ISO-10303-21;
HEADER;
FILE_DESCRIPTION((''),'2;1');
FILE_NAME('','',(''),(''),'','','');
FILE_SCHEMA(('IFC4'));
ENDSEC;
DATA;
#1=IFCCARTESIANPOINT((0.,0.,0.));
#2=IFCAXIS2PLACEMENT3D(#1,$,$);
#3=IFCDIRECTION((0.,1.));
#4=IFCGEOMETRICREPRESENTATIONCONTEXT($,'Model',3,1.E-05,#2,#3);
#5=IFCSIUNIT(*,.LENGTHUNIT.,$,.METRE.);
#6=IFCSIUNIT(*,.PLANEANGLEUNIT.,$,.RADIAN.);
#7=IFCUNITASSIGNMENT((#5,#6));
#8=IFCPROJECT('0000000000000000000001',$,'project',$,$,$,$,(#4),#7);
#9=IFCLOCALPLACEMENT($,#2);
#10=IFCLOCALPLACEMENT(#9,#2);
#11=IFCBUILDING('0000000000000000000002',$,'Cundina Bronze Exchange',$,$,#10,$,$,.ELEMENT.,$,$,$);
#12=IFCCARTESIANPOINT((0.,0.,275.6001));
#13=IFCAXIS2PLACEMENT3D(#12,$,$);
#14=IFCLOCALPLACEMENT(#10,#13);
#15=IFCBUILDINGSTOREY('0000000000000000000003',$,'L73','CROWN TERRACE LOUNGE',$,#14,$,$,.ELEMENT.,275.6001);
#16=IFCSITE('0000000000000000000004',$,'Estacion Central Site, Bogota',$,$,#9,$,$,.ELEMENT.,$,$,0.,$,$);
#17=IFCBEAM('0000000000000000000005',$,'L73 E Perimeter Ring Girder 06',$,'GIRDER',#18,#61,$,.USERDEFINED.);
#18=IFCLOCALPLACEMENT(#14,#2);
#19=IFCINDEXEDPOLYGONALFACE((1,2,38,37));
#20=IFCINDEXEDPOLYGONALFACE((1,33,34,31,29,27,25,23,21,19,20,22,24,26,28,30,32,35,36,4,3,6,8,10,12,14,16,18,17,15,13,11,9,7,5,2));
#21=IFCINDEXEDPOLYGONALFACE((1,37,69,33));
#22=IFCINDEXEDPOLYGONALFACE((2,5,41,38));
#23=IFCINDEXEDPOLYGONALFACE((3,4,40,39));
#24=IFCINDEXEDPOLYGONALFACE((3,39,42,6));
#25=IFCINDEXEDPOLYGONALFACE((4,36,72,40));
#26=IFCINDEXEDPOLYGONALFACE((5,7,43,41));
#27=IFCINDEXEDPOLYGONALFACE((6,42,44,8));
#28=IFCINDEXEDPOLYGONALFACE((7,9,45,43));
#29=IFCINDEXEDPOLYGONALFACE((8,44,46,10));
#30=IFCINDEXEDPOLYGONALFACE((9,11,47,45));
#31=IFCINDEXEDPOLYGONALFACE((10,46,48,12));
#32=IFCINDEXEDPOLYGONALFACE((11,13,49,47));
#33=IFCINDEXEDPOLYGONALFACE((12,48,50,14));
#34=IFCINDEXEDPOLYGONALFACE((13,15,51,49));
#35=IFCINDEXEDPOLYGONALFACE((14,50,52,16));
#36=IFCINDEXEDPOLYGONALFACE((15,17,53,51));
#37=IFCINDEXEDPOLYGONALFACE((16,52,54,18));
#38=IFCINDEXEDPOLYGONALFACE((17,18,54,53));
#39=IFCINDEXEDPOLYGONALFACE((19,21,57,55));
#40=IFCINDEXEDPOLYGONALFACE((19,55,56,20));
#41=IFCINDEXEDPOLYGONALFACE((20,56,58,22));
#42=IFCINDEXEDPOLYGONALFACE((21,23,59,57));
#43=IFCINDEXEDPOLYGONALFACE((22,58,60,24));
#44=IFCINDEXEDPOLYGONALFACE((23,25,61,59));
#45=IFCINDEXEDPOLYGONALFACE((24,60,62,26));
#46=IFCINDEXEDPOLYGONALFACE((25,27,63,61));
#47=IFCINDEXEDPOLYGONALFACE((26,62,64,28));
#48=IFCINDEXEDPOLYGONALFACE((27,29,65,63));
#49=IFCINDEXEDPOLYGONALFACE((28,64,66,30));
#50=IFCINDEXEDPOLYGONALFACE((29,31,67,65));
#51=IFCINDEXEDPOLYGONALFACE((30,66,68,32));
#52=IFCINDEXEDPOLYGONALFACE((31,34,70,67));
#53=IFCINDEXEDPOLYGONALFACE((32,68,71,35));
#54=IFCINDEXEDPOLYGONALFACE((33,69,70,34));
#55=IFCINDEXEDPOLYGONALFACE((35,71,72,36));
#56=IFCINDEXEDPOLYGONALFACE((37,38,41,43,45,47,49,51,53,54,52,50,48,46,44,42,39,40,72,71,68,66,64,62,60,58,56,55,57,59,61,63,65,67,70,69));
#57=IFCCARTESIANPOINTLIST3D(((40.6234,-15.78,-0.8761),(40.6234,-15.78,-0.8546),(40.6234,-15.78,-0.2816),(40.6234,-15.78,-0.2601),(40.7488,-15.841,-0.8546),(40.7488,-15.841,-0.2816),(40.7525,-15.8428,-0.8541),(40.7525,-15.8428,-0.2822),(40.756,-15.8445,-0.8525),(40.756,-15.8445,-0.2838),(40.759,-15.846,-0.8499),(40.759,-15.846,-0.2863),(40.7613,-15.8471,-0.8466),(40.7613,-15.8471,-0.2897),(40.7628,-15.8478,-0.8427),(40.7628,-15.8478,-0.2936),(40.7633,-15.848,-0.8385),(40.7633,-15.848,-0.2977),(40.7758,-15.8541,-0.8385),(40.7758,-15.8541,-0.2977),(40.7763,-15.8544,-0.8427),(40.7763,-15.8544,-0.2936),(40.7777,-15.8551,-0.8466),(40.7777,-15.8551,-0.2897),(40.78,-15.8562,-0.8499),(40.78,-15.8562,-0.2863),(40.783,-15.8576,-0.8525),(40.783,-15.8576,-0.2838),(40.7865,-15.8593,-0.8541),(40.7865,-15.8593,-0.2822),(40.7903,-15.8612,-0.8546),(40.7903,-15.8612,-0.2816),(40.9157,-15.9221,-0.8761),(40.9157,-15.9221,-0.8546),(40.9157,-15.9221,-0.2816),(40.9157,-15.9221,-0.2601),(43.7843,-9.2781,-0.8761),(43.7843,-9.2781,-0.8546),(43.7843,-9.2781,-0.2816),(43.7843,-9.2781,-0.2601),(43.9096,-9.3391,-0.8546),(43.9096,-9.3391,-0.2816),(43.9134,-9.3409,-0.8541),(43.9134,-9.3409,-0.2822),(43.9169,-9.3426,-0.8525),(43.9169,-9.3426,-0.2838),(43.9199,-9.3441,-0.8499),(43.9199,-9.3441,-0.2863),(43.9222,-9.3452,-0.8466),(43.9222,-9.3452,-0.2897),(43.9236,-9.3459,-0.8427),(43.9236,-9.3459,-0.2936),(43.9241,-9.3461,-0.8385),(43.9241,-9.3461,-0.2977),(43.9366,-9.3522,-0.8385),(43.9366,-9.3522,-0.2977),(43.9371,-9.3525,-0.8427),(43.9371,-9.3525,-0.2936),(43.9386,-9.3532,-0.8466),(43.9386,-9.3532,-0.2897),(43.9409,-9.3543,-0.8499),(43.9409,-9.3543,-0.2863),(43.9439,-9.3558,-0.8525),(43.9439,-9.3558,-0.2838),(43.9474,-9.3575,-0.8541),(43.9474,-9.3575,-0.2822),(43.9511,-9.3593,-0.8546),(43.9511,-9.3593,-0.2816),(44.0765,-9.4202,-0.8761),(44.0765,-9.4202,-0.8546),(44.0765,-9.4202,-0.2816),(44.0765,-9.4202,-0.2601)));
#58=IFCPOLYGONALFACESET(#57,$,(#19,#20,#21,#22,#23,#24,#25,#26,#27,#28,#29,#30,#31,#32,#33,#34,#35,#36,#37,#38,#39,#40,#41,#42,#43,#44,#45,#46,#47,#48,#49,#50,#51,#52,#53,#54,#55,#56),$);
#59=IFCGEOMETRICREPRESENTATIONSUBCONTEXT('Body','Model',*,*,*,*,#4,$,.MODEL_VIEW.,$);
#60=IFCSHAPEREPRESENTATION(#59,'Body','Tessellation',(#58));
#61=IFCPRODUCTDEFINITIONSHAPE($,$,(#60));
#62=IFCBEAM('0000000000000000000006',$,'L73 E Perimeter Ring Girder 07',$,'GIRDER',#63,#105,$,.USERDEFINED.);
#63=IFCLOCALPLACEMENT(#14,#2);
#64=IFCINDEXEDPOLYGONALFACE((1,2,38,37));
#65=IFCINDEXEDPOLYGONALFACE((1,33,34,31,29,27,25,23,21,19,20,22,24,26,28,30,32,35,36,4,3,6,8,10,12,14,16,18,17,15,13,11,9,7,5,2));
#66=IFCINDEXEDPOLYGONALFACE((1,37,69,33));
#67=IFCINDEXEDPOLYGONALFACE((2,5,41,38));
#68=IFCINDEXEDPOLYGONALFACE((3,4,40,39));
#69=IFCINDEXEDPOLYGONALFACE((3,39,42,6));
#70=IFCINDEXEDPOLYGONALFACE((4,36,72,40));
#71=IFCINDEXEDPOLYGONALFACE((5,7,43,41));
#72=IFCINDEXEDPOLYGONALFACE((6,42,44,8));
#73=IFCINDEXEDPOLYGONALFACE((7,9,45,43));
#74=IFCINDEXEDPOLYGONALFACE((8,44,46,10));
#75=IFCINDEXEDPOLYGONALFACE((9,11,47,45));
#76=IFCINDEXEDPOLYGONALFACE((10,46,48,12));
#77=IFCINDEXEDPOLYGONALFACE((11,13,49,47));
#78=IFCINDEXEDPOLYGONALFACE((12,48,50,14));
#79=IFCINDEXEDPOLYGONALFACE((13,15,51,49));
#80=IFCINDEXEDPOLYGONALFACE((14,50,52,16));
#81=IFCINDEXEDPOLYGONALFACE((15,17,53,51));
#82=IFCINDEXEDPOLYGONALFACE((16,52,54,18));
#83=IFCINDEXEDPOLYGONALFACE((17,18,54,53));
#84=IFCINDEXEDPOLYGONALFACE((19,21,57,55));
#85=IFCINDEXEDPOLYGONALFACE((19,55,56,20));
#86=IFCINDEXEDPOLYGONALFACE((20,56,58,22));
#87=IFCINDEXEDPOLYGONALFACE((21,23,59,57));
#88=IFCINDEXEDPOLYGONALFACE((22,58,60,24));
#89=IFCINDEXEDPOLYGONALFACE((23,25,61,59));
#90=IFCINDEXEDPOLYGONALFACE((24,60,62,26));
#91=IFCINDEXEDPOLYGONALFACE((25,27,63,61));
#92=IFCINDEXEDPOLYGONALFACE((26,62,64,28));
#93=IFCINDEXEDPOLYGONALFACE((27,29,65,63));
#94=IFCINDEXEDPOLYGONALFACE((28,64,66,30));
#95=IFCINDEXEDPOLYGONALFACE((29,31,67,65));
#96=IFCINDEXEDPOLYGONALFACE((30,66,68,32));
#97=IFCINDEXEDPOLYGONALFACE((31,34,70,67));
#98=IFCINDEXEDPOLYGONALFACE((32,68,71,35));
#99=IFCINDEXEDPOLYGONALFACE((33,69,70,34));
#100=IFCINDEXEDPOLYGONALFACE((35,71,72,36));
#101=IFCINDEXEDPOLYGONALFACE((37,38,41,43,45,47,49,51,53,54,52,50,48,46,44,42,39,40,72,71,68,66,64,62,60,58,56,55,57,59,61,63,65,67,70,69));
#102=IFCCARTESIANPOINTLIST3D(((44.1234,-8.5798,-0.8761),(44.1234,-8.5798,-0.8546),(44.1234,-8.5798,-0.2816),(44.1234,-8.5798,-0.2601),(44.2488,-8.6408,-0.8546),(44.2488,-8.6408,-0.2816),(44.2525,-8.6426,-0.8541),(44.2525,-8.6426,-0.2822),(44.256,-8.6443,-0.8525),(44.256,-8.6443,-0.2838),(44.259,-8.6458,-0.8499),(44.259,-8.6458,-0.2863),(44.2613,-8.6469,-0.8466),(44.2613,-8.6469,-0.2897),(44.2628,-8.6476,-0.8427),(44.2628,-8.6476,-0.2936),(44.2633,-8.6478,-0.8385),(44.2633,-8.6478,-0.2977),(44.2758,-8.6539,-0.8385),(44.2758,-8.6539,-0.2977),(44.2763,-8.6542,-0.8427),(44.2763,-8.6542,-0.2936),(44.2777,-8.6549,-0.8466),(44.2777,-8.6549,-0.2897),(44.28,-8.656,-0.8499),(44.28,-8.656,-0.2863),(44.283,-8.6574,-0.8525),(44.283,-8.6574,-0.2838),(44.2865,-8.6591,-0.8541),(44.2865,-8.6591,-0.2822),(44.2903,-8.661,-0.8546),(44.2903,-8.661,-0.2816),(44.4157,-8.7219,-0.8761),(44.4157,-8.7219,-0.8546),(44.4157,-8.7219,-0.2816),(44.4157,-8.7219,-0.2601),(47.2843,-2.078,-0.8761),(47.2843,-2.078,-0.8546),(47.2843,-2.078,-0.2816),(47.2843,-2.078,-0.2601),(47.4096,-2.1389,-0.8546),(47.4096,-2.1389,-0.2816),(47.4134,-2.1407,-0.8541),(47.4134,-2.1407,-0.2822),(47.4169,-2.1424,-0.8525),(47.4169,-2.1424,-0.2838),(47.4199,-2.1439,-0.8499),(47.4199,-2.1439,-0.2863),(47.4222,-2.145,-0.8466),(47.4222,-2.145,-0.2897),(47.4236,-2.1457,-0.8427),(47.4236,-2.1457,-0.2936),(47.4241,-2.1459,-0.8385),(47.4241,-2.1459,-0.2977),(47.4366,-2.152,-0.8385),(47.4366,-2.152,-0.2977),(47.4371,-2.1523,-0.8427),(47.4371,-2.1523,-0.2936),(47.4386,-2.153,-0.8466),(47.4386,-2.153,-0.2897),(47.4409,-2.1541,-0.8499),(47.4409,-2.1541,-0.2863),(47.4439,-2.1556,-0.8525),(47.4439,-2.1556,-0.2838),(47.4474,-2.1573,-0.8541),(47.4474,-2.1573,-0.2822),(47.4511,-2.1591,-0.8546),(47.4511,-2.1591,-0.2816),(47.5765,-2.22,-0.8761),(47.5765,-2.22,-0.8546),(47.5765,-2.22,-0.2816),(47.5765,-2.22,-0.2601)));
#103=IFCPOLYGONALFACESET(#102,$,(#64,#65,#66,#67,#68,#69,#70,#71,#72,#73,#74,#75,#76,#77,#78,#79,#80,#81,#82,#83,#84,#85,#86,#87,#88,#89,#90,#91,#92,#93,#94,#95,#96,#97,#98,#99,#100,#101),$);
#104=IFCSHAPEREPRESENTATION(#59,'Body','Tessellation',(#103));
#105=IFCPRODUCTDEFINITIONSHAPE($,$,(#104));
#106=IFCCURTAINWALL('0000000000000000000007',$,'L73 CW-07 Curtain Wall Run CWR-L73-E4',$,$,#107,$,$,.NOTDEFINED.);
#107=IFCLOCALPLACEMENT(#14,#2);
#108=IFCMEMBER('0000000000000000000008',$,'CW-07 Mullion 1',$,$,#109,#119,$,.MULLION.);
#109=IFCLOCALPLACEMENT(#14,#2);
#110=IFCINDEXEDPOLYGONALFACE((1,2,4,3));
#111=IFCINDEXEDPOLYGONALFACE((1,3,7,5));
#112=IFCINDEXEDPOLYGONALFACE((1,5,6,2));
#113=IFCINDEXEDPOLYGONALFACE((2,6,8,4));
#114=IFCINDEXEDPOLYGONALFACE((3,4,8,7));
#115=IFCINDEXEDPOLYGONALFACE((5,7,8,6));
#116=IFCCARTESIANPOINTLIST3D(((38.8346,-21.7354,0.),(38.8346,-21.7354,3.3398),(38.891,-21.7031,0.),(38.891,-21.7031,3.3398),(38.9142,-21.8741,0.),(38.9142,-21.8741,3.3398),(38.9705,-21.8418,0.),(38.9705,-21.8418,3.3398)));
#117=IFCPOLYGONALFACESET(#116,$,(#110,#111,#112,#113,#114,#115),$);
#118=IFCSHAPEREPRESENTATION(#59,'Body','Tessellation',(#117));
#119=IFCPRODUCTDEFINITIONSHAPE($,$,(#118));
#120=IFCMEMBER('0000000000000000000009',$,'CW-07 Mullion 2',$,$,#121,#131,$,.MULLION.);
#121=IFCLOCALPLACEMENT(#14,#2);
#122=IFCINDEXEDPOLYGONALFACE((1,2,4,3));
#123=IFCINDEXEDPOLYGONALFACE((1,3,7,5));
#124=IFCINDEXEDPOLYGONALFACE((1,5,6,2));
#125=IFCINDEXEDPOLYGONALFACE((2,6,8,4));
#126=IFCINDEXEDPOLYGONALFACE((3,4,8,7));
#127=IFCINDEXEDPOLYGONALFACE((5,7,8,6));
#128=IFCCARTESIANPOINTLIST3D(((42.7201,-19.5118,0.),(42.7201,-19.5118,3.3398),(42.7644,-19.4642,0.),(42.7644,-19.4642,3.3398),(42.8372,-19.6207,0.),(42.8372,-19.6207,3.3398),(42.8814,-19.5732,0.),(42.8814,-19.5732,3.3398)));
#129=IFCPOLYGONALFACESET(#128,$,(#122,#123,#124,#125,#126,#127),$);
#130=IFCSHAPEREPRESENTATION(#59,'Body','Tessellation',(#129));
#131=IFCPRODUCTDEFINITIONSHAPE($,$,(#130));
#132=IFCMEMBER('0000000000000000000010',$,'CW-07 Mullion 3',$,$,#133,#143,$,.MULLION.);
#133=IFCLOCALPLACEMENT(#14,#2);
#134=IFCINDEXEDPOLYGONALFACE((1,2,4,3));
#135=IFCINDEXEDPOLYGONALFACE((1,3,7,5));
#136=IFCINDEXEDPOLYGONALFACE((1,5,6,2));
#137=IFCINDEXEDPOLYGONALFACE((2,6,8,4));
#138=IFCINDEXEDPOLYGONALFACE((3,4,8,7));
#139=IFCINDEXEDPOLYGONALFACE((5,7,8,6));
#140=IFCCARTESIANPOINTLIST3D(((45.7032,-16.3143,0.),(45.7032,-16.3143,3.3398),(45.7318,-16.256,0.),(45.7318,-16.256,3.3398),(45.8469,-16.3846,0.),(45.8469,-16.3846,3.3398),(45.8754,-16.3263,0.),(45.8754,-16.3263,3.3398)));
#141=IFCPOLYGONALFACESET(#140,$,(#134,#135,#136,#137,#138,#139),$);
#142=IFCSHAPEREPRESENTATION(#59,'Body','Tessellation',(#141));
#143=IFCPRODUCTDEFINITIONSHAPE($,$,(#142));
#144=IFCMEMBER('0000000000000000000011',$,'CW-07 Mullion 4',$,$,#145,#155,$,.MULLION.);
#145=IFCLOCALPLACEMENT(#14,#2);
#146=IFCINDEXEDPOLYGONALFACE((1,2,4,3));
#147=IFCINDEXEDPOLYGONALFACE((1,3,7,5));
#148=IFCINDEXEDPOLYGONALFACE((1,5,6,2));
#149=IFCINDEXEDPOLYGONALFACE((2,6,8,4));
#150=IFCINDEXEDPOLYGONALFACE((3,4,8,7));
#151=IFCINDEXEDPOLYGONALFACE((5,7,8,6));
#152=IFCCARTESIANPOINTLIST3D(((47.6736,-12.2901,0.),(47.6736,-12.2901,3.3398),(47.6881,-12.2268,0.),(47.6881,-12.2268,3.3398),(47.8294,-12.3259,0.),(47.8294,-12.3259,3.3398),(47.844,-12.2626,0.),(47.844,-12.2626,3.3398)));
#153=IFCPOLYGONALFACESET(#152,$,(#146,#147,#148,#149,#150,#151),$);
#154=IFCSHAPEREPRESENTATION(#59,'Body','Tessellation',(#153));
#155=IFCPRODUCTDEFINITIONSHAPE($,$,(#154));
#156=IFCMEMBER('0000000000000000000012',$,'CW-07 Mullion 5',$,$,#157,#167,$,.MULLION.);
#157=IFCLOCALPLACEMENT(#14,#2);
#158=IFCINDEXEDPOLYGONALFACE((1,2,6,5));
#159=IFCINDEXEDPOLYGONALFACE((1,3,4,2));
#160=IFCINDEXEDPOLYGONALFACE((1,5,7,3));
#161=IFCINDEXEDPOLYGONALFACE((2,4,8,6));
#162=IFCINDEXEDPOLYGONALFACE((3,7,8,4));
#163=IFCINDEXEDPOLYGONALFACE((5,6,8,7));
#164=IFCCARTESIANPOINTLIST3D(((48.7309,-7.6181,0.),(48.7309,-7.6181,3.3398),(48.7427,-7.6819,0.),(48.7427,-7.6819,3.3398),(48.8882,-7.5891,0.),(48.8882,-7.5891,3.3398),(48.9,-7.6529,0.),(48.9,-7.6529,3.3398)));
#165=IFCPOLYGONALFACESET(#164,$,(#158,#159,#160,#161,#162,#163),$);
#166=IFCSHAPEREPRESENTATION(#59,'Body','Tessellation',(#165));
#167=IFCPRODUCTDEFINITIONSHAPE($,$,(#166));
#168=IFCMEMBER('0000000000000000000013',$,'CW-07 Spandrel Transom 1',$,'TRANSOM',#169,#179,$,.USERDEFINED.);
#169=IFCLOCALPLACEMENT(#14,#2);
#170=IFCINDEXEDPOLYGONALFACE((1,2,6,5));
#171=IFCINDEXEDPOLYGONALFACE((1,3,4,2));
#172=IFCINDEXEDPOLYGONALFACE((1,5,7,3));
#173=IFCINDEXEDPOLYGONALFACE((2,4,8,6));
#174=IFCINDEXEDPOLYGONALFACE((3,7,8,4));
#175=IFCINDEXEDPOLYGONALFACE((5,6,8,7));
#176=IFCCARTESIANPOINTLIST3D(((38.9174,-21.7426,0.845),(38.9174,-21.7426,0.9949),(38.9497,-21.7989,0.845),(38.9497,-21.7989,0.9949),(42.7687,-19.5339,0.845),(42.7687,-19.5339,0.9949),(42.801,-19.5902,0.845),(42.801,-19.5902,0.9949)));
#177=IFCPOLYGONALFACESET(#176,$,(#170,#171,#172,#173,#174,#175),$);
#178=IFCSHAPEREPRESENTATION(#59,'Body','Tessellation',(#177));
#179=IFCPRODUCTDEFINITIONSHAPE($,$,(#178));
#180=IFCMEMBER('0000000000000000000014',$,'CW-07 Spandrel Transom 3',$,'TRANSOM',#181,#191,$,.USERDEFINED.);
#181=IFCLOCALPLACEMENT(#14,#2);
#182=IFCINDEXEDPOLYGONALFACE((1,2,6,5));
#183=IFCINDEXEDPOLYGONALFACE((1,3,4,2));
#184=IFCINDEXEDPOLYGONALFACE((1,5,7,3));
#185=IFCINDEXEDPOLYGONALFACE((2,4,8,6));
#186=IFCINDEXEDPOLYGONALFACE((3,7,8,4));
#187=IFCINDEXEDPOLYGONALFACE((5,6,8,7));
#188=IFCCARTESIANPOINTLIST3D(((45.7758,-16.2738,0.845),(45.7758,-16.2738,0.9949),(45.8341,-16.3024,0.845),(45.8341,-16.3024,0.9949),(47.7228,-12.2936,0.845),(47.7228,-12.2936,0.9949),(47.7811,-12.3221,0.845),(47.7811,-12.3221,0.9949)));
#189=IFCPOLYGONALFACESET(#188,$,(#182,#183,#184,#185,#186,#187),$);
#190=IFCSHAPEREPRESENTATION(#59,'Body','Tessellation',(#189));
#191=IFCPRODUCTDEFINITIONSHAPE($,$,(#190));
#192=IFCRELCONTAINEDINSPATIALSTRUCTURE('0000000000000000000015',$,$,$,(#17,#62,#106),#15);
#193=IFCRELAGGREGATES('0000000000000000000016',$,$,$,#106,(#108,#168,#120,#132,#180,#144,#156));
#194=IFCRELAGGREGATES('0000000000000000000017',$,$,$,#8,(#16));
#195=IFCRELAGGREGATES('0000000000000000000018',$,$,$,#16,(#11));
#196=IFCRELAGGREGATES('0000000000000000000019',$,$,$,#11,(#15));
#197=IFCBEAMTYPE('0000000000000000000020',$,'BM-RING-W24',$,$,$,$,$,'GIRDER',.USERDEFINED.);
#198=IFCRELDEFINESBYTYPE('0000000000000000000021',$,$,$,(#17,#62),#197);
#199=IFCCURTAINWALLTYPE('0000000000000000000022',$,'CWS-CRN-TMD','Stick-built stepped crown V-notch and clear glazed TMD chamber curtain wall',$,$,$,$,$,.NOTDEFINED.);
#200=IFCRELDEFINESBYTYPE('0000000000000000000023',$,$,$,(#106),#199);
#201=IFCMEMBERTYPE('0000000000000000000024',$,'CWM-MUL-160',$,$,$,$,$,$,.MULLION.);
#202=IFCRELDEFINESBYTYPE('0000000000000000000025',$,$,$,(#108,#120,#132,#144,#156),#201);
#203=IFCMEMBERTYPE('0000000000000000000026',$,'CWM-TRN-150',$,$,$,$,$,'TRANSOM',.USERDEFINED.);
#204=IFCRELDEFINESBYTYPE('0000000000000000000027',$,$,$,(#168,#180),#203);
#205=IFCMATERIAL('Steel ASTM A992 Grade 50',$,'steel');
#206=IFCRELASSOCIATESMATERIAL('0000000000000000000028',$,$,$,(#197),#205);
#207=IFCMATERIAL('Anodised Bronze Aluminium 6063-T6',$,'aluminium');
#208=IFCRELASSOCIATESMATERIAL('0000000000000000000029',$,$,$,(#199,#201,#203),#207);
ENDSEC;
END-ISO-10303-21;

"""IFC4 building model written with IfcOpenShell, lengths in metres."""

from ifc_helpers import new_model, si_unit, direction, frame, origin, origin_2d, place, context, subcontext, project, spatial, rectangle, i_section, extrude, material, material_profile, profile_set, type_object, element, aggregate, save


model = new_model("IFC4")

# Units and contexts
model_context = context("Model", 3, precision=1e-05, world=origin(), true_north=direction((0.0, 1.0)))
body_context = subcontext(model_context, "Body", "Model", "MODEL_VIEW")
ifc_project = project(units=[si_unit("LENGTHUNIT", "METRE"), si_unit("PLANEANGLEUNIT", "RADIAN")], contexts=[model_context])

# Site, building, storey
site_placement = place(None, origin())
site = spatial("IfcSite", under=ifc_project, at=site_placement, Name="Estacion Central Site, Bogota", CompositionType="ELEMENT", RefElevation=0.0)
building_placement = place(site_placement, origin())
building = spatial("IfcBuilding", under=site, at=building_placement, Name="Cundina Bronze Exchange", CompositionType="ELEMENT")
storey_placement = place(building_placement, frame((0.0, 0.0, 275.6001)))
storey = spatial("IfcBuildingStorey", under=building, at=storey_placement, Name="L73", Description="CROWN TERRACE LOUNGE", CompositionType="ELEMENT", Elevation=275.6001)

# Beams
ifc_material_1 = material(Name="Steel ASTM A992 Grade 50", Category="steel")
ifc_material_profile_1 = material_profile(ifc_material_1, i_section(OverallWidth=0.325, OverallDepth=0.616, WebThickness=0.0139, FlangeThickness=0.0215, FilletRadius=0.0161, at=origin_2d()), Name="W24X117", Category="steel")
ifc_profile_set_1 = profile_set([ifc_material_profile_1], Name="Steel ASTM A992 Grade 50")
beam_type_1 = type_object("IfcBeamType", Name="BM-RING-W24", ElementType="GIRDER", PredefinedType="USERDEFINED", material=ifc_profile_set_1)
for number, where, z_axis, x_axis, name in (
    (1, (40.7695, -15.8511, -0.5681), (0.437217, 0.899356, 0.0), (-0.899356, 0.437217, 0.0), "L73 E Perimeter Ring Girder 06"),
    (2, (44.2695, -8.6509, -0.5681), (0.437217, 0.899356, 0.0), (-0.899356, 0.437217, 0.0), "L73 E Perimeter Ring Girder 07"),
):
    element("IfcBeam", number, at=place(storey_placement, frame(where, z_axis=z_axis, x_axis=x_axis)), inside=storey, type_object=beam_type_1, Name=name, ObjectType="GIRDER", PredefinedType="USERDEFINED", context=body_context, shape_type="SweptSolid", body=[
        extrude(i_section(OverallWidth=0.325, OverallDepth=0.616, WebThickness=0.0139, FlangeThickness=0.0215, FilletRadius=0.0161, at=origin_2d()), origin(), (0.0, 0.0, 1.0), 7.2295),
    ])

# Curtain wall, members
ifc_material_2 = material(Name="Anodised Bronze Aluminium 6063-T6", Category="aluminium")
curtain_wall_type = type_object("IfcCurtainWallType", Name="CWS-CRN-TMD", Description="Stick-built stepped crown V-notch and clear glazed TMD chamber curtain wall", PredefinedType="NOTDEFINED", material=ifc_material_2)
curtain_wall_placement = place(storey_placement, origin())
curtain_wall = element("IfcCurtainWall", 3, at=curtain_wall_placement, inside=storey, type_object=curtain_wall_type, Name="L73 CW-07 Curtain Wall Run CWR-L73-E4", PredefinedType="NOTDEFINED")
ifc_material_profile_2 = material_profile(ifc_material_2, rectangle(XDim=0.0649, YDim=0.1599, at=origin_2d()), Name="AL65X160", Category="aluminium")
ifc_profile_set_2 = profile_set([ifc_material_profile_2], Name="Anodised Bronze Aluminium 6063-T6")
member_type_1 = type_object("IfcMemberType", Name="CWM-MUL-160", PredefinedType="MULLION", material=ifc_profile_set_2)
member_1_placement = place(storey_placement, frame((38.9026, -21.7886, 0.0), z_axis=(0.0, 0.0, 1.0), x_axis=(0.867418, 0.49758, 0.0)))
member_1 = element("IfcMember", 4, at=member_1_placement, type_object=member_type_1, Name="CW-07 Mullion 1", PredefinedType="MULLION", context=body_context, shape_type="SweptSolid", body=[
    extrude(rectangle(XDim=0.0649, YDim=0.1599, at=origin_2d()), origin(), (0.0, 0.0, 1.0), 3.3398),
])
member_2_placement = place(storey_placement, frame((42.8008, -19.5425, 0.0), z_axis=(0.0, 0.0, 1.0), x_axis=(0.681488, 0.73183, 0.0)))
member_2 = element("IfcMember", 5, at=member_2_placement, type_object=member_type_1, Name="CW-07 Mullion 2", PredefinedType="MULLION", context=body_context, shape_type="SweptSolid", body=[
    extrude(rectangle(XDim=0.0649, YDim=0.1599, at=origin_2d()), origin(), (0.0, 0.0, 1.0), 3.3398),
])
member_3_placement = place(storey_placement, frame((45.7893, -16.3203, 0.0), z_axis=(0.0, 0.0, 1.0), x_axis=(0.439469, 0.898258, 0.0)))
member_3 = element("IfcMember", 6, at=member_3_placement, type_object=member_type_1, Name="CW-07 Mullion 3", PredefinedType="MULLION", context=body_context, shape_type="SweptSolid", body=[
    extrude(rectangle(XDim=0.0649, YDim=0.1599, at=origin_2d()), origin(), (0.0, 0.0, 1.0), 3.3398),
])
member_4_placement = place(storey_placement, frame((47.7588, -12.2764, 0.0), z_axis=(0.0, 0.0, 1.0), x_axis=(0.223931, 0.974605, 0.0)))
member_4 = element("IfcMember", 7, at=member_4_placement, type_object=member_type_1, Name="CW-07 Mullion 4", PredefinedType="MULLION", context=body_context, shape_type="SweptSolid", body=[
    extrude(rectangle(XDim=0.0649, YDim=0.1599, at=origin_2d()), origin(), (0.0, 0.0, 1.0), 3.3398),
])
member_5_placement = place(storey_placement, frame((48.8154, -7.6355, 0.0), z_axis=(0.0, 0.0, 1.0), x_axis=(-0.181549, 0.983382, 0.0)))
member_5 = element("IfcMember", 8, at=member_5_placement, type_object=member_type_1, Name="CW-07 Mullion 5", PredefinedType="MULLION", context=body_context, shape_type="SweptSolid", body=[
    extrude(rectangle(XDim=0.0649, YDim=0.1599, at=origin_2d()), origin(), (0.0, 0.0, 1.0), 3.3398),
])
ifc_material_profile_3 = material_profile(ifc_material_2, rectangle(XDim=0.0649, YDim=0.1499, at=origin_2d()), Name="AL65X150", Category="aluminium")
ifc_profile_set_3 = profile_set([ifc_material_profile_3], Name="Anodised Bronze Aluminium 6063-T6")
member_type_2 = type_object("IfcMemberType", Name="CWM-TRN-150", ElementType="TRANSOM", PredefinedType="USERDEFINED", material=ifc_profile_set_3)
member_6_placement = place(storey_placement, frame((38.9336, -21.7708, 0.9199), z_axis=(0.867467, 0.497494, 0.0), x_axis=(-0.497494, 0.867467, 0.0)))
member_6 = element("IfcMember", 9, at=member_6_placement, type_object=member_type_2, Name="CW-07 Spandrel Transom 1", ObjectType="TRANSOM", PredefinedType="USERDEFINED", context=body_context, shape_type="SweptSolid", body=[
    extrude(rectangle(XDim=0.0649, YDim=0.1499, at=origin_2d()), origin(), (0.0, 0.0, 1.0), 4.4397),
])
member_7_placement = place(storey_placement, frame((45.8049, -16.2881, 0.9199), z_axis=(0.439417, 0.898283, 0.0), x_axis=(-0.898283, 0.439417, 0.0)))
member_7 = element("IfcMember", 10, at=member_7_placement, type_object=member_type_2, Name="CW-07 Spandrel Transom 3", ObjectType="TRANSOM", PredefinedType="USERDEFINED", context=body_context, shape_type="SweptSolid", body=[
    extrude(rectangle(XDim=0.0649, YDim=0.1499, at=origin_2d()), origin(), (0.0, 0.0, 1.0), 4.4309),
])
aggregate(curtain_wall, [member_1, member_6, member_2, member_3, member_7, member_4, member_5])

save(model, "model.ifc")
